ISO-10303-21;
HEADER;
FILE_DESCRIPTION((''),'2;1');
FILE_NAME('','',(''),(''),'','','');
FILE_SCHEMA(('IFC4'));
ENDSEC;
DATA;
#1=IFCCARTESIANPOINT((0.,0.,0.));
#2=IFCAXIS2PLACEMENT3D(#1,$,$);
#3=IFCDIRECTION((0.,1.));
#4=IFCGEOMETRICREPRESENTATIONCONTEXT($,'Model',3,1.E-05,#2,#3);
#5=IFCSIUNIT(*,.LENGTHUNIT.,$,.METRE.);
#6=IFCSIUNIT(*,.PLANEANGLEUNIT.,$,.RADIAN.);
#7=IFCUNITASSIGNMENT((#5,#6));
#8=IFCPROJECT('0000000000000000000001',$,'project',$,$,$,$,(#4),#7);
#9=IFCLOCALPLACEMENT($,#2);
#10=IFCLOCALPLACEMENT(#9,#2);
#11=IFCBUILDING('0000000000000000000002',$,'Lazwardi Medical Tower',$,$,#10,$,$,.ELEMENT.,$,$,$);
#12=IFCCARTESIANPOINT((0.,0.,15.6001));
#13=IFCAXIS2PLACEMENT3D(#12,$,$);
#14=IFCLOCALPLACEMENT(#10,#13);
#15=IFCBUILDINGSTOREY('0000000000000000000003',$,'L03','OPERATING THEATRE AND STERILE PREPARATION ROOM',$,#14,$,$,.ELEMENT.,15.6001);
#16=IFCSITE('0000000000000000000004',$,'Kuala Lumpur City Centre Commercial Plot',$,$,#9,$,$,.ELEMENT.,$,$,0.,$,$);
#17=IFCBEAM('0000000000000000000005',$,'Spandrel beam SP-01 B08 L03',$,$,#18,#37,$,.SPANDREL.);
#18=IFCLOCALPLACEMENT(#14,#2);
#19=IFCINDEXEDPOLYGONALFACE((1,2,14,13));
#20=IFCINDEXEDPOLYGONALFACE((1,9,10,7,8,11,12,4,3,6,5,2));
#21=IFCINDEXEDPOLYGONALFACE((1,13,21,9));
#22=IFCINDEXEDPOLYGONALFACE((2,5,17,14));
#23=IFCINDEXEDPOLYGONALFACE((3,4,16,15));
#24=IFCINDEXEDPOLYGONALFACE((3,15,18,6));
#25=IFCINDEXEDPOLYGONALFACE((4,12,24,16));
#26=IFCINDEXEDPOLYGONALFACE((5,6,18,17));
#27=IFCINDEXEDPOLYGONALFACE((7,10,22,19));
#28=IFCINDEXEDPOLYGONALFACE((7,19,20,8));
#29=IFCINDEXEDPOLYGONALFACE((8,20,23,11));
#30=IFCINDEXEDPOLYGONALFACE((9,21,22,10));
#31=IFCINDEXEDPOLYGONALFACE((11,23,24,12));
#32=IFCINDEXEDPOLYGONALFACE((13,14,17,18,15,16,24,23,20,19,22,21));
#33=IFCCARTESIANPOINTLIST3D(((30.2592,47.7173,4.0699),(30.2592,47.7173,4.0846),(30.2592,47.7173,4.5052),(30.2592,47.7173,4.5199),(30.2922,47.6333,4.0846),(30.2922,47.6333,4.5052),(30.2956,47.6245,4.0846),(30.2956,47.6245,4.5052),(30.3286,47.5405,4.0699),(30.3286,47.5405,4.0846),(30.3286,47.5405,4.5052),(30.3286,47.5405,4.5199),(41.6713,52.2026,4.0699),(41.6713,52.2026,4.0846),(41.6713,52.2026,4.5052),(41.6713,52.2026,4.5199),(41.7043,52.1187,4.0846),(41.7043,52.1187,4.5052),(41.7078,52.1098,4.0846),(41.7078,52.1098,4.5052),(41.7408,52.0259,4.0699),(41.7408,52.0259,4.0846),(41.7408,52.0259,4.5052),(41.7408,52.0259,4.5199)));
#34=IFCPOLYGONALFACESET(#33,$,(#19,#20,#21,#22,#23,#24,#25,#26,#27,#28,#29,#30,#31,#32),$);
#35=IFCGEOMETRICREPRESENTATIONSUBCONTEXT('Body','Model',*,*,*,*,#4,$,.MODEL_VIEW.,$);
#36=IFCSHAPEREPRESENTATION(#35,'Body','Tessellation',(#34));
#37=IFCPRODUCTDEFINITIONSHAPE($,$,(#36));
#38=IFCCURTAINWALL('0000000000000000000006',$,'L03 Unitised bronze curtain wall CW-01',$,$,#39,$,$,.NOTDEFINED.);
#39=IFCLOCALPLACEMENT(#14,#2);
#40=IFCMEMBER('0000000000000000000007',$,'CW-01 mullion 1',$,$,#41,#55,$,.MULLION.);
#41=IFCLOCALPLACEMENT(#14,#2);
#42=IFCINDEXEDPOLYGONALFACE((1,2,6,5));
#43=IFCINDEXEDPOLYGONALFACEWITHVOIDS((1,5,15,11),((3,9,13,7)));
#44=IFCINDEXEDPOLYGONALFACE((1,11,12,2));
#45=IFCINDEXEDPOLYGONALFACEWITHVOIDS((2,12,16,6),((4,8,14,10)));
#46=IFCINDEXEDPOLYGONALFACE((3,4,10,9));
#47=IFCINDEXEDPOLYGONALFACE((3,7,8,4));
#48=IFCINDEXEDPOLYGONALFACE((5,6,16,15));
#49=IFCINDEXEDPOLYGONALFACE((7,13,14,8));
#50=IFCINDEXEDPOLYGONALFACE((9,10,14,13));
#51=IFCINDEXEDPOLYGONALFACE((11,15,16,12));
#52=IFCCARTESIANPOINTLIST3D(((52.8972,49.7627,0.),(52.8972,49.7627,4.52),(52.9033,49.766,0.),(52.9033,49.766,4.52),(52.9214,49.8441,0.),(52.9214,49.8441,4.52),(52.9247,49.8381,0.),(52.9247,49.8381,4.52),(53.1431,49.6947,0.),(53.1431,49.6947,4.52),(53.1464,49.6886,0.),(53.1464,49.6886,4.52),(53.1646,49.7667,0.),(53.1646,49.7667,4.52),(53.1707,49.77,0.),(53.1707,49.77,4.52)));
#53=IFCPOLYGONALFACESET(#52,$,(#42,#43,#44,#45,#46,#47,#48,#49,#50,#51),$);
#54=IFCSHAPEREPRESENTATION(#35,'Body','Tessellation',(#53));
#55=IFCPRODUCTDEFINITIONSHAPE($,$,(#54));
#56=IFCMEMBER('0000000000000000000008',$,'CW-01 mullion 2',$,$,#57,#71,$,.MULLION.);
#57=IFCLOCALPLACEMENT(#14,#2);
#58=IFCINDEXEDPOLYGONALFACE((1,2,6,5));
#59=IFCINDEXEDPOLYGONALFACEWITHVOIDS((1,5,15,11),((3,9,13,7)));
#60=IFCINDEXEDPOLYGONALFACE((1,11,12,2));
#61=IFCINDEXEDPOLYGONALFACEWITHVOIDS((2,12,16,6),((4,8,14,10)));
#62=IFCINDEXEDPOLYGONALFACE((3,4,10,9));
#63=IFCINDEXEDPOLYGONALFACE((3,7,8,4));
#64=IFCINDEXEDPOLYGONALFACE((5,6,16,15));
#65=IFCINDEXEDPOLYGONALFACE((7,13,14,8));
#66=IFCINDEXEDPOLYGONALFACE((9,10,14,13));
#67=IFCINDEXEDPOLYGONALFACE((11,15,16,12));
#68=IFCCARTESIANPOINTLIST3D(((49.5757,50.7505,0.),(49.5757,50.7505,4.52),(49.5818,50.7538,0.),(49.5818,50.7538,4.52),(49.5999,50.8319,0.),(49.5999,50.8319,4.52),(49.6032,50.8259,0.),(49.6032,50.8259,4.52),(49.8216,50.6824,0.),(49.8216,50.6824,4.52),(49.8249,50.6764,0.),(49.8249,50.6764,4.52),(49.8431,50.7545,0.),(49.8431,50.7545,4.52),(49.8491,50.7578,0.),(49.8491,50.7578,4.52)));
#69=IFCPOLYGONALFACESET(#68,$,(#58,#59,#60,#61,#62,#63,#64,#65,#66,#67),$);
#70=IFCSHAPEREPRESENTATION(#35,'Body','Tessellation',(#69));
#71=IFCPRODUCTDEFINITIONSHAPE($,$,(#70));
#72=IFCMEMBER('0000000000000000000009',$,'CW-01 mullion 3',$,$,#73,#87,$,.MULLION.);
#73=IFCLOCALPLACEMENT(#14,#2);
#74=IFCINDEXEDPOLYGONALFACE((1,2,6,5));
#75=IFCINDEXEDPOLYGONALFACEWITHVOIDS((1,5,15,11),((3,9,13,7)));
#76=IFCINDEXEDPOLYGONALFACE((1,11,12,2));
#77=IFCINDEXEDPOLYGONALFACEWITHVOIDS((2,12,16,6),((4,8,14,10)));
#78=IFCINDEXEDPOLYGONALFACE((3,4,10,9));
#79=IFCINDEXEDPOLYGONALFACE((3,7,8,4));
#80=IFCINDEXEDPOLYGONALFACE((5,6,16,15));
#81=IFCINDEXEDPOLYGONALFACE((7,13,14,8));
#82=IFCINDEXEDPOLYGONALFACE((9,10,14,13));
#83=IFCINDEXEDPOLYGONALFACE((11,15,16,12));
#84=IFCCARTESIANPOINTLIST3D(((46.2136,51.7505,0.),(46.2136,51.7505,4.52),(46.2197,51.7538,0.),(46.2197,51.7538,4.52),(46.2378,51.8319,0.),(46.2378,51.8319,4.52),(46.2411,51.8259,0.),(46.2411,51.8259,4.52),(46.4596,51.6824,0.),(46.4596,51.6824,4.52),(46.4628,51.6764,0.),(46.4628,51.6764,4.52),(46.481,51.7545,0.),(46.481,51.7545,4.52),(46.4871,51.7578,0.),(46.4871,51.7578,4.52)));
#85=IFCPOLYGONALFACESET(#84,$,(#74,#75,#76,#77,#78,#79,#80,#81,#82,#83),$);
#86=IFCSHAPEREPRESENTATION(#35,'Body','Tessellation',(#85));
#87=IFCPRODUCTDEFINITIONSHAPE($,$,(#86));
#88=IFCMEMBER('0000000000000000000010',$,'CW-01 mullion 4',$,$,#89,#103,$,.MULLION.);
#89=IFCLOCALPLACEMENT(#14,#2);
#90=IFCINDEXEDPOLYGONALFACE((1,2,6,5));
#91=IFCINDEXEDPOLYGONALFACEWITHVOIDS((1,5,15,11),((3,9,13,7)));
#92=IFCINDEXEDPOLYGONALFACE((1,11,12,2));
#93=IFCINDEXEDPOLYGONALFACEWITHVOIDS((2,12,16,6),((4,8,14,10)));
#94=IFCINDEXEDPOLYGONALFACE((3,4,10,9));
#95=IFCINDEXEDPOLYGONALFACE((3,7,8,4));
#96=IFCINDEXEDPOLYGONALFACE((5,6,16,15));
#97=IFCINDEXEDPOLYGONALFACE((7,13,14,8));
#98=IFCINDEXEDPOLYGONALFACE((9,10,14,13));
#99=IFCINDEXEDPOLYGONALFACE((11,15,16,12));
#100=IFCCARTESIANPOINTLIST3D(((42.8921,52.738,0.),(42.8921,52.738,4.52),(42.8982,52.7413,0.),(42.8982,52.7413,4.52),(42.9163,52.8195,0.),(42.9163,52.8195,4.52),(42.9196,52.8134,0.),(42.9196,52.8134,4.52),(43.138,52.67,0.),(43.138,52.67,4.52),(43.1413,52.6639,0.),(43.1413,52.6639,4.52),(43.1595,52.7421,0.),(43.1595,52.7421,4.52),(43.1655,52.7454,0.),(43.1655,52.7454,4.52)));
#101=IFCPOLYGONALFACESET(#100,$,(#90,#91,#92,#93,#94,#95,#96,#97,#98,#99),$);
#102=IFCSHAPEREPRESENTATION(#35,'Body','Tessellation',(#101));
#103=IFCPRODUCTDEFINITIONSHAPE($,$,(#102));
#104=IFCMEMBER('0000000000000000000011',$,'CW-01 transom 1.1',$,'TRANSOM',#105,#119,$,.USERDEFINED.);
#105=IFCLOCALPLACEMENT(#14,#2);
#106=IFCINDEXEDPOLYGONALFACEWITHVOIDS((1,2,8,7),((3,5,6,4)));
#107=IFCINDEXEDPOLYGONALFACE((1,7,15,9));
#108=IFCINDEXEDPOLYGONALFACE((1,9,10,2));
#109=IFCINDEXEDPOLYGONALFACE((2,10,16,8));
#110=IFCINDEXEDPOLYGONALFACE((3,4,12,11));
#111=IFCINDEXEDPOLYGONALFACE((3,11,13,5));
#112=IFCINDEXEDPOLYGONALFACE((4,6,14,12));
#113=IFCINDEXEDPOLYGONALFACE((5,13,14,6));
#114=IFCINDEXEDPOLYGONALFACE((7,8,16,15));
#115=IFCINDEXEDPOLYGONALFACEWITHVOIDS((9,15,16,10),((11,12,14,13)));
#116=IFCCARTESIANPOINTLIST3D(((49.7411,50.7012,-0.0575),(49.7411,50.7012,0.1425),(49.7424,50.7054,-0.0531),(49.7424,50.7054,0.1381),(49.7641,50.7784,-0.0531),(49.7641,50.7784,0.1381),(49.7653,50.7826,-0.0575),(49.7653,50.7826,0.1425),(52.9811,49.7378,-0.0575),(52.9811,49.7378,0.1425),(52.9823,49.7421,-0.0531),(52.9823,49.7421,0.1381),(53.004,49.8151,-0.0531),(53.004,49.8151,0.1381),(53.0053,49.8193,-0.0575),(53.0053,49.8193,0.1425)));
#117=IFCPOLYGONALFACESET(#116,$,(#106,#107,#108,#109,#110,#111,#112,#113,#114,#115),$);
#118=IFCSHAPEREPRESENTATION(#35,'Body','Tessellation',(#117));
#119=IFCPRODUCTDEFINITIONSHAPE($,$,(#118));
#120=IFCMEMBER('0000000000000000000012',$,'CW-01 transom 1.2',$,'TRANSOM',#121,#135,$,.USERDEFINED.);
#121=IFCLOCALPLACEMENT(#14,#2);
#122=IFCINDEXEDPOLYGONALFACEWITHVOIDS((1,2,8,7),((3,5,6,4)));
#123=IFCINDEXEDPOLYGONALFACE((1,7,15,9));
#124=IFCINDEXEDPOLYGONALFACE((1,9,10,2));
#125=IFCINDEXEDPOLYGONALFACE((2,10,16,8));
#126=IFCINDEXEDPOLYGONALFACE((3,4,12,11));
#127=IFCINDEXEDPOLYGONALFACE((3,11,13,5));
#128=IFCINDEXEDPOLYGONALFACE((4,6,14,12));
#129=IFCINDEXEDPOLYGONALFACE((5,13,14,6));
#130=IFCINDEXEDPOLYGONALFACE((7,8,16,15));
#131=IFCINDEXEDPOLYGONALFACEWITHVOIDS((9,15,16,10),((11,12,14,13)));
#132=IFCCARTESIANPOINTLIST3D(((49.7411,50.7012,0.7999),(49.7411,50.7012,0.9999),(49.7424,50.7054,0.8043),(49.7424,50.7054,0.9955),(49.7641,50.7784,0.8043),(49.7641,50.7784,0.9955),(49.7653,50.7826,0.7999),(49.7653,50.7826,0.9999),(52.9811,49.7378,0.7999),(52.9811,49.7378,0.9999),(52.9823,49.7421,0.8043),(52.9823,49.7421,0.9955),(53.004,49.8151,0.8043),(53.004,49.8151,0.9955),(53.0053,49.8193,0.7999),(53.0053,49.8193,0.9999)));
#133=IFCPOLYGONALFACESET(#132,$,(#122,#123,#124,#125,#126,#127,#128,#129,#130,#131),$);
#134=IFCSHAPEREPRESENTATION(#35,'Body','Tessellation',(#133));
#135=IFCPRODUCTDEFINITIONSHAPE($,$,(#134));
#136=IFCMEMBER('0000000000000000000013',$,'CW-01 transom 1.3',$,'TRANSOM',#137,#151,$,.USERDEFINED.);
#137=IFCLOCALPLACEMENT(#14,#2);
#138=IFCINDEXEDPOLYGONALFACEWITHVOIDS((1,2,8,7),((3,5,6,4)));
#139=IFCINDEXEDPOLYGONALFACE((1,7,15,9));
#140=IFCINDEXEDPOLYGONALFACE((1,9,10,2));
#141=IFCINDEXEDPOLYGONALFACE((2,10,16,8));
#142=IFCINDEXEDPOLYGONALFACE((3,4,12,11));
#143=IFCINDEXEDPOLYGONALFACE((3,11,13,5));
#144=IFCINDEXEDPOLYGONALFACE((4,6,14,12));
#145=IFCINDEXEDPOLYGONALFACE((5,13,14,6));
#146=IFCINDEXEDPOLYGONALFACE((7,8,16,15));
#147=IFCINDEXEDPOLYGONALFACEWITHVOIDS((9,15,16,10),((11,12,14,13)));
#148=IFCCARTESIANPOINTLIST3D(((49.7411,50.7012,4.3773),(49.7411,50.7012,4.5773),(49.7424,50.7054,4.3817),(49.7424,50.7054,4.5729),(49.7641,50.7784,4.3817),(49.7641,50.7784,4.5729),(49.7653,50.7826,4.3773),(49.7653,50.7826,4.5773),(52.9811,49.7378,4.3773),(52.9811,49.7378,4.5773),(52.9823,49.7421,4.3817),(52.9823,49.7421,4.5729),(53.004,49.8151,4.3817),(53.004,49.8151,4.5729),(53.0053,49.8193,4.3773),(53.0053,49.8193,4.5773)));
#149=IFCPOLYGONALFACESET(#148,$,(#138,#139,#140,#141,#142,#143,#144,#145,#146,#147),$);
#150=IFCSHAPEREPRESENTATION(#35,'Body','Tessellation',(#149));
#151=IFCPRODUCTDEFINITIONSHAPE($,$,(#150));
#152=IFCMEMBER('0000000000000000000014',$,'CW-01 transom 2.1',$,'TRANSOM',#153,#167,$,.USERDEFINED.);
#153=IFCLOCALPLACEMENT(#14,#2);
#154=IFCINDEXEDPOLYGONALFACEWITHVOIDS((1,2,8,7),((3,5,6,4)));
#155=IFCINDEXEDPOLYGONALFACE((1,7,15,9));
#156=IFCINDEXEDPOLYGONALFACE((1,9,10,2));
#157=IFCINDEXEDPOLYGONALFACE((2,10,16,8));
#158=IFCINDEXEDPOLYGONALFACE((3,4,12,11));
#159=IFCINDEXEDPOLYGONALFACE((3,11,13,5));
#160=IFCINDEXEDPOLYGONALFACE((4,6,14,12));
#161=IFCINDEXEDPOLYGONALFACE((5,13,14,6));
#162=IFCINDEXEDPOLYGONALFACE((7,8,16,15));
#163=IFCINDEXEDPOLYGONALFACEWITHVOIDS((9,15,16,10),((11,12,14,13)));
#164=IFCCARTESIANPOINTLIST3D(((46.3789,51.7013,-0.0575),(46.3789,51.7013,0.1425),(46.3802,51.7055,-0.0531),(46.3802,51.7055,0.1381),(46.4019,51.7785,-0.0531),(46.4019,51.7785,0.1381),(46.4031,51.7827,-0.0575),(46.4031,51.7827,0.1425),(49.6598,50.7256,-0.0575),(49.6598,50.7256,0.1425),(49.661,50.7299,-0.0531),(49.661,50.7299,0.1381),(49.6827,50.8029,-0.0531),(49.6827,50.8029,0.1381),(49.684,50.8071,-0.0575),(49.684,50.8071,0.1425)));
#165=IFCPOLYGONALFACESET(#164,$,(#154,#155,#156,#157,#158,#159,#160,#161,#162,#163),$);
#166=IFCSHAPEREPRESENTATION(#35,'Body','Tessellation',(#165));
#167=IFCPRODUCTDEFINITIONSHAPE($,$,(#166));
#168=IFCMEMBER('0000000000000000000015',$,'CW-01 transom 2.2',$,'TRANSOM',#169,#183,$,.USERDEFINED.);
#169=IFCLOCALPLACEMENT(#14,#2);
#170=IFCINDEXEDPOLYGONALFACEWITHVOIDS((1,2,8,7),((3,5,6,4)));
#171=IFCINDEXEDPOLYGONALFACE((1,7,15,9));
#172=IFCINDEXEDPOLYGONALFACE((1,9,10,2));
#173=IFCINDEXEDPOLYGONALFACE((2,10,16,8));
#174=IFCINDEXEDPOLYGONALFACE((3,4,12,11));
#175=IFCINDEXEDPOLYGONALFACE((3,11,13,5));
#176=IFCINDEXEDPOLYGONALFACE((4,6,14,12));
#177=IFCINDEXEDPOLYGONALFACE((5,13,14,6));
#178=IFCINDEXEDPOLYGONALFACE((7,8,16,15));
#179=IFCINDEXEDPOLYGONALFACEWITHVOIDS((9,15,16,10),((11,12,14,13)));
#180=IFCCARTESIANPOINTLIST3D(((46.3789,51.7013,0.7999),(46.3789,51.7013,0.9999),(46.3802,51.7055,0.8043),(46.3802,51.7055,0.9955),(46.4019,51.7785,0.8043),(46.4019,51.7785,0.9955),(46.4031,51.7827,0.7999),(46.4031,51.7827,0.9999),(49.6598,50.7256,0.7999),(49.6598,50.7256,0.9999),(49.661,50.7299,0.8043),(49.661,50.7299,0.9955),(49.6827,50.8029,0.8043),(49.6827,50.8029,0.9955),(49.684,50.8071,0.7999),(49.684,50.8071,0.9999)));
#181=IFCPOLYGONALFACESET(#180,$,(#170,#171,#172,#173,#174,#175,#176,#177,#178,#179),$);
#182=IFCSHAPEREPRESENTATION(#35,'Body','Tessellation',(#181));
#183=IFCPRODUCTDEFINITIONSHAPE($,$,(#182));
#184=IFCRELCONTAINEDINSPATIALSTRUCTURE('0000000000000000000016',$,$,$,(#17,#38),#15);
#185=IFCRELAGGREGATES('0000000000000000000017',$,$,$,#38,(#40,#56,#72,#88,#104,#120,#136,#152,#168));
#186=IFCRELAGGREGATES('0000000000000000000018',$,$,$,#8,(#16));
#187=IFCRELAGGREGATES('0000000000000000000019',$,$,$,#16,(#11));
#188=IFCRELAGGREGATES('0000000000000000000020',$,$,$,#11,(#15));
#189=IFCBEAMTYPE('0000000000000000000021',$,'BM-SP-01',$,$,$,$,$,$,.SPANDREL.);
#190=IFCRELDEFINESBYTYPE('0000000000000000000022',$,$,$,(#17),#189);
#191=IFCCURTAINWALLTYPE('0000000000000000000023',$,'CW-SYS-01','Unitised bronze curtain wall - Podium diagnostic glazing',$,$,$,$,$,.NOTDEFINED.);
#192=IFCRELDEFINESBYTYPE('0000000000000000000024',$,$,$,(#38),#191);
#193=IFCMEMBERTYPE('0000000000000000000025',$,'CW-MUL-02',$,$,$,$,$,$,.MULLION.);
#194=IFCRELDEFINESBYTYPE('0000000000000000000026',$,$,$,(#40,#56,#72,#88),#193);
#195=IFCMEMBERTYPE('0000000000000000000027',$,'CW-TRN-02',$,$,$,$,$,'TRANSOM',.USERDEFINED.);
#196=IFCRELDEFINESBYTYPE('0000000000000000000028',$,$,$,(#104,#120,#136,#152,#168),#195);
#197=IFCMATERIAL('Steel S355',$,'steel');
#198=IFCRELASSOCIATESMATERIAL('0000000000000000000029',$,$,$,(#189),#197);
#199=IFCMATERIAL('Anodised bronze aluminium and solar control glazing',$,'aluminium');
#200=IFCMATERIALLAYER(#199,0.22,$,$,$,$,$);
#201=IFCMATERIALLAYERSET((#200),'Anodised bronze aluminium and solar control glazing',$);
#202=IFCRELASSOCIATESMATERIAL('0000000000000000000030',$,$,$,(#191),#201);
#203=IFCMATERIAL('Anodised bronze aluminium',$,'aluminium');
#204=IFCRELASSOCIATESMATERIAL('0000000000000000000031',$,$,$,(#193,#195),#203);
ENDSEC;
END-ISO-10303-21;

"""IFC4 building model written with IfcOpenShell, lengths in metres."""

from ifc_helpers import new_model, si_unit, direction, frame, origin, origin_2d, place, context, subcontext, project, spatial, hollow_rectangle, i_section, extrude, material, layer, layer_set, material_profile, profile_set, type_object, element, aggregate, save


model = new_model("IFC4")

# Units and contexts
model_context = context("Model", 3, precision=1e-05, world=origin(), true_north=direction((0.0, 1.0)))
body_context = subcontext(model_context, "Body", "Model", "MODEL_VIEW")
ifc_project = project(units=[si_unit("LENGTHUNIT", "METRE"), si_unit("PLANEANGLEUNIT", "RADIAN")], contexts=[model_context])

# Site, building, storey
site_placement = place(None, origin())
site = spatial("IfcSite", under=ifc_project, at=site_placement, Name="Kuala Lumpur City Centre Commercial Plot", CompositionType="ELEMENT", RefElevation=0.0)
building_placement = place(site_placement, origin())
building = spatial("IfcBuilding", under=site, at=building_placement, Name="Lazwardi Medical Tower", CompositionType="ELEMENT")
storey_placement = place(building_placement, frame((0.0, 0.0, 15.6001)))
storey = spatial("IfcBuildingStorey", under=building, at=storey_placement, Name="L03", Description="OPERATING THEATRE AND STERILE PREPARATION ROOM", CompositionType="ELEMENT", Elevation=15.6001)

# Beam
ifc_material_1 = material(Name="Steel S355", Category="steel")
ifc_material_profile_1 = material_profile(ifc_material_1, i_section(OverallWidth=0.1899, OverallDepth=0.45, WebThickness=0.0095, FlangeThickness=0.0146, at=origin_2d()), Name="IPE 450")
ifc_profile_set_1 = profile_set([ifc_material_profile_1], Name="Steel S355")
beam_type_1 = type_object("IfcBeamType", Name="BM-SP-01", PredefinedType="SPANDREL", material=ifc_profile_set_1)
beam_1_placement = place(storey_placement, frame((41.7061, 52.1143, 4.2949), z_axis=(-0.930695, -0.365795, 0.0), x_axis=(0.365795, -0.930695, 0.0)))
element("IfcBeam", 1, at=beam_1_placement, inside=storey, type_object=beam_type_1, Name="Spandrel beam SP-01 B08 L03", PredefinedType="SPANDREL", context=body_context, shape_type="SweptSolid", body=[
    extrude(i_section(OverallWidth=0.1899, OverallDepth=0.45, WebThickness=0.0095, FlangeThickness=0.0146, at=origin_2d()), origin(), (0.0, 0.0, 1.0), 12.262),
])

# Curtain wall, members
ifc_material_2 = material(Name="Anodised bronze aluminium and solar control glazing", Category="aluminium")
ifc_layer_1 = layer(ifc_material_2, 0.22)
ifc_layer_set_1 = layer_set([ifc_layer_1], Name="Anodised bronze aluminium and solar control glazing")
curtain_wall_type = type_object("IfcCurtainWallType", Name="CW-SYS-01", Description="Unitised bronze curtain wall - Podium diagnostic glazing", PredefinedType="NOTDEFINED", material=ifc_layer_set_1)
curtain_wall_placement = place(storey_placement, origin())
curtain_wall = element("IfcCurtainWall", 2, at=curtain_wall_placement, inside=storey, type_object=curtain_wall_type, Name="L03 Unitised bronze curtain wall CW-01", PredefinedType="NOTDEFINED")
ifc_material_3 = material(Name="Anodised bronze aluminium", Category="aluminium")
ifc_material_profile_2 = material_profile(ifc_material_3, hollow_rectangle(XDim=0.085, YDim=0.26, WallThickness=0.0049, at=origin_2d()), Name="ALU-MULLION 260x85x5")
ifc_profile_set_2 = profile_set([ifc_material_profile_2], Name="Anodised bronze aluminium")
member_type_1 = type_object("IfcMemberType", Name="CW-MUL-02", PredefinedType="MULLION", material=ifc_profile_set_2)
member_1_placement = place(storey_placement, frame((53.0339, 49.7664, 0.0), z_axis=(0.0, 0.0, 1.0), x_axis=(-0.285047, -0.958513, 0.0)))
member_1 = element("IfcMember", 3, at=member_1_placement, type_object=member_type_1, Name="CW-01 mullion 1", PredefinedType="MULLION", context=body_context, shape_type="SweptSolid", body=[
    extrude(hollow_rectangle(XDim=0.085, YDim=0.26, WallThickness=0.0049, at=origin_2d()), origin(), (0.0, 0.0, 1.0), 4.52),
])
member_2_placement = place(storey_placement, frame((49.7124, 50.7542, 0.0), z_axis=(0.0, 0.0, 1.0), x_axis=(-0.285047, -0.958513, 0.0)))
member_2 = element("IfcMember", 4, at=member_2_placement, type_object=member_type_1, Name="CW-01 mullion 2", PredefinedType="MULLION", context=body_context, shape_type="SweptSolid", body=[
    extrude(hollow_rectangle(XDim=0.085, YDim=0.26, WallThickness=0.0049, at=origin_2d()), origin(), (0.0, 0.0, 1.0), 4.52),
])
member_3_placement = place(storey_placement, frame((46.3503, 51.7542, 0.0), z_axis=(0.0, 0.0, 1.0), x_axis=(-0.285047, -0.958513, 0.0)))
member_3 = element("IfcMember", 5, at=member_3_placement, type_object=member_type_1, Name="CW-01 mullion 3", PredefinedType="MULLION", context=body_context, shape_type="SweptSolid", body=[
    extrude(hollow_rectangle(XDim=0.085, YDim=0.26, WallThickness=0.0049, at=origin_2d()), origin(), (0.0, 0.0, 1.0), 4.52),
])
member_4_placement = place(storey_placement, frame((43.0288, 52.7417, 0.0), z_axis=(0.0, 0.0, 1.0), x_axis=(-0.285047, -0.958513, 0.0)))
member_4 = element("IfcMember", 6, at=member_4_placement, type_object=member_type_1, Name="CW-01 mullion 4", PredefinedType="MULLION", context=body_context, shape_type="SweptSolid", body=[
    extrude(hollow_rectangle(XDim=0.085, YDim=0.26, WallThickness=0.0049, at=origin_2d()), origin(), (0.0, 0.0, 1.0), 4.52),
])
ifc_material_profile_3 = material_profile(ifc_material_3, hollow_rectangle(XDim=0.085, YDim=0.2, WallThickness=0.0044, at=origin_2d()), Name="ALU-TRANSOM 200x85x4.5")
ifc_profile_set_3 = profile_set([ifc_material_profile_3], Name="Anodised bronze aluminium")
member_type_2 = type_object("IfcMemberType", Name="CW-TRN-02", ElementType="TRANSOM", PredefinedType="USERDEFINED", material=ifc_profile_set_3)
member_5_placement = place(storey_placement, frame((52.9932, 49.7786, 0.0425), z_axis=(-0.958525, 0.285008, 0.0), x_axis=(-0.285008, -0.958525, 0.0)))
member_5 = element("IfcMember", 7, at=member_5_placement, type_object=member_type_2, Name="CW-01 transom 1.1", ObjectType="TRANSOM", PredefinedType="USERDEFINED", context=body_context, shape_type="SweptSolid", body=[
    extrude(hollow_rectangle(XDim=0.085, YDim=0.2, WallThickness=0.0044, at=origin_2d()), origin(), (0.0, 0.0, 1.0), 3.3801),
])
member_6_placement = place(storey_placement, frame((52.9932, 49.7786, 0.8999), z_axis=(-0.958525, 0.285008, 0.0), x_axis=(-0.285008, -0.958525, 0.0)))
member_6 = element("IfcMember", 8, at=member_6_placement, type_object=member_type_2, Name="CW-01 transom 1.2", ObjectType="TRANSOM", PredefinedType="USERDEFINED", context=body_context, shape_type="SweptSolid", body=[
    extrude(hollow_rectangle(XDim=0.085, YDim=0.2, WallThickness=0.0044, at=origin_2d()), origin(), (0.0, 0.0, 1.0), 3.3801),
])
member_7_placement = place(storey_placement, frame((52.9932, 49.7786, 4.4773), z_axis=(-0.958525, 0.285008, 0.0), x_axis=(-0.285008, -0.958525, 0.0)))
member_7 = element("IfcMember", 9, at=member_7_placement, type_object=member_type_2, Name="CW-01 transom 1.3", ObjectType="TRANSOM", PredefinedType="USERDEFINED", context=body_context, shape_type="SweptSolid", body=[
    extrude(hollow_rectangle(XDim=0.085, YDim=0.2, WallThickness=0.0044, at=origin_2d()), origin(), (0.0, 0.0, 1.0), 3.3801),
])
member_8_placement = place(storey_placement, frame((49.6719, 50.7664, 0.0425), z_axis=(-0.958518, 0.28503, 0.0), x_axis=(-0.28503, -0.958518, 0.0)))
member_8 = element("IfcMember", 10, at=member_8_placement, type_object=member_type_2, Name="CW-01 transom 2.1", ObjectType="TRANSOM", PredefinedType="USERDEFINED", context=body_context, shape_type="SweptSolid", body=[
    extrude(hollow_rectangle(XDim=0.085, YDim=0.2, WallThickness=0.0044, at=origin_2d()), origin(), (0.0, 0.0, 1.0), 3.4229),
])
member_9_placement = place(storey_placement, frame((49.6719, 50.7664, 0.8999), z_axis=(-0.958518, 0.28503, 0.0), x_axis=(-0.28503, -0.958518, 0.0)))
member_9 = element("IfcMember", 11, at=member_9_placement, type_object=member_type_2, Name="CW-01 transom 2.2", ObjectType="TRANSOM", PredefinedType="USERDEFINED", context=body_context, shape_type="SweptSolid", body=[
    extrude(hollow_rectangle(XDim=0.085, YDim=0.2, WallThickness=0.0044, at=origin_2d()), origin(), (0.0, 0.0, 1.0), 3.4229),
])
aggregate(curtain_wall, [member_1, member_2, member_3, member_4, member_5, member_6, member_7, member_8, member_9])

save(model, "model.ifc")
